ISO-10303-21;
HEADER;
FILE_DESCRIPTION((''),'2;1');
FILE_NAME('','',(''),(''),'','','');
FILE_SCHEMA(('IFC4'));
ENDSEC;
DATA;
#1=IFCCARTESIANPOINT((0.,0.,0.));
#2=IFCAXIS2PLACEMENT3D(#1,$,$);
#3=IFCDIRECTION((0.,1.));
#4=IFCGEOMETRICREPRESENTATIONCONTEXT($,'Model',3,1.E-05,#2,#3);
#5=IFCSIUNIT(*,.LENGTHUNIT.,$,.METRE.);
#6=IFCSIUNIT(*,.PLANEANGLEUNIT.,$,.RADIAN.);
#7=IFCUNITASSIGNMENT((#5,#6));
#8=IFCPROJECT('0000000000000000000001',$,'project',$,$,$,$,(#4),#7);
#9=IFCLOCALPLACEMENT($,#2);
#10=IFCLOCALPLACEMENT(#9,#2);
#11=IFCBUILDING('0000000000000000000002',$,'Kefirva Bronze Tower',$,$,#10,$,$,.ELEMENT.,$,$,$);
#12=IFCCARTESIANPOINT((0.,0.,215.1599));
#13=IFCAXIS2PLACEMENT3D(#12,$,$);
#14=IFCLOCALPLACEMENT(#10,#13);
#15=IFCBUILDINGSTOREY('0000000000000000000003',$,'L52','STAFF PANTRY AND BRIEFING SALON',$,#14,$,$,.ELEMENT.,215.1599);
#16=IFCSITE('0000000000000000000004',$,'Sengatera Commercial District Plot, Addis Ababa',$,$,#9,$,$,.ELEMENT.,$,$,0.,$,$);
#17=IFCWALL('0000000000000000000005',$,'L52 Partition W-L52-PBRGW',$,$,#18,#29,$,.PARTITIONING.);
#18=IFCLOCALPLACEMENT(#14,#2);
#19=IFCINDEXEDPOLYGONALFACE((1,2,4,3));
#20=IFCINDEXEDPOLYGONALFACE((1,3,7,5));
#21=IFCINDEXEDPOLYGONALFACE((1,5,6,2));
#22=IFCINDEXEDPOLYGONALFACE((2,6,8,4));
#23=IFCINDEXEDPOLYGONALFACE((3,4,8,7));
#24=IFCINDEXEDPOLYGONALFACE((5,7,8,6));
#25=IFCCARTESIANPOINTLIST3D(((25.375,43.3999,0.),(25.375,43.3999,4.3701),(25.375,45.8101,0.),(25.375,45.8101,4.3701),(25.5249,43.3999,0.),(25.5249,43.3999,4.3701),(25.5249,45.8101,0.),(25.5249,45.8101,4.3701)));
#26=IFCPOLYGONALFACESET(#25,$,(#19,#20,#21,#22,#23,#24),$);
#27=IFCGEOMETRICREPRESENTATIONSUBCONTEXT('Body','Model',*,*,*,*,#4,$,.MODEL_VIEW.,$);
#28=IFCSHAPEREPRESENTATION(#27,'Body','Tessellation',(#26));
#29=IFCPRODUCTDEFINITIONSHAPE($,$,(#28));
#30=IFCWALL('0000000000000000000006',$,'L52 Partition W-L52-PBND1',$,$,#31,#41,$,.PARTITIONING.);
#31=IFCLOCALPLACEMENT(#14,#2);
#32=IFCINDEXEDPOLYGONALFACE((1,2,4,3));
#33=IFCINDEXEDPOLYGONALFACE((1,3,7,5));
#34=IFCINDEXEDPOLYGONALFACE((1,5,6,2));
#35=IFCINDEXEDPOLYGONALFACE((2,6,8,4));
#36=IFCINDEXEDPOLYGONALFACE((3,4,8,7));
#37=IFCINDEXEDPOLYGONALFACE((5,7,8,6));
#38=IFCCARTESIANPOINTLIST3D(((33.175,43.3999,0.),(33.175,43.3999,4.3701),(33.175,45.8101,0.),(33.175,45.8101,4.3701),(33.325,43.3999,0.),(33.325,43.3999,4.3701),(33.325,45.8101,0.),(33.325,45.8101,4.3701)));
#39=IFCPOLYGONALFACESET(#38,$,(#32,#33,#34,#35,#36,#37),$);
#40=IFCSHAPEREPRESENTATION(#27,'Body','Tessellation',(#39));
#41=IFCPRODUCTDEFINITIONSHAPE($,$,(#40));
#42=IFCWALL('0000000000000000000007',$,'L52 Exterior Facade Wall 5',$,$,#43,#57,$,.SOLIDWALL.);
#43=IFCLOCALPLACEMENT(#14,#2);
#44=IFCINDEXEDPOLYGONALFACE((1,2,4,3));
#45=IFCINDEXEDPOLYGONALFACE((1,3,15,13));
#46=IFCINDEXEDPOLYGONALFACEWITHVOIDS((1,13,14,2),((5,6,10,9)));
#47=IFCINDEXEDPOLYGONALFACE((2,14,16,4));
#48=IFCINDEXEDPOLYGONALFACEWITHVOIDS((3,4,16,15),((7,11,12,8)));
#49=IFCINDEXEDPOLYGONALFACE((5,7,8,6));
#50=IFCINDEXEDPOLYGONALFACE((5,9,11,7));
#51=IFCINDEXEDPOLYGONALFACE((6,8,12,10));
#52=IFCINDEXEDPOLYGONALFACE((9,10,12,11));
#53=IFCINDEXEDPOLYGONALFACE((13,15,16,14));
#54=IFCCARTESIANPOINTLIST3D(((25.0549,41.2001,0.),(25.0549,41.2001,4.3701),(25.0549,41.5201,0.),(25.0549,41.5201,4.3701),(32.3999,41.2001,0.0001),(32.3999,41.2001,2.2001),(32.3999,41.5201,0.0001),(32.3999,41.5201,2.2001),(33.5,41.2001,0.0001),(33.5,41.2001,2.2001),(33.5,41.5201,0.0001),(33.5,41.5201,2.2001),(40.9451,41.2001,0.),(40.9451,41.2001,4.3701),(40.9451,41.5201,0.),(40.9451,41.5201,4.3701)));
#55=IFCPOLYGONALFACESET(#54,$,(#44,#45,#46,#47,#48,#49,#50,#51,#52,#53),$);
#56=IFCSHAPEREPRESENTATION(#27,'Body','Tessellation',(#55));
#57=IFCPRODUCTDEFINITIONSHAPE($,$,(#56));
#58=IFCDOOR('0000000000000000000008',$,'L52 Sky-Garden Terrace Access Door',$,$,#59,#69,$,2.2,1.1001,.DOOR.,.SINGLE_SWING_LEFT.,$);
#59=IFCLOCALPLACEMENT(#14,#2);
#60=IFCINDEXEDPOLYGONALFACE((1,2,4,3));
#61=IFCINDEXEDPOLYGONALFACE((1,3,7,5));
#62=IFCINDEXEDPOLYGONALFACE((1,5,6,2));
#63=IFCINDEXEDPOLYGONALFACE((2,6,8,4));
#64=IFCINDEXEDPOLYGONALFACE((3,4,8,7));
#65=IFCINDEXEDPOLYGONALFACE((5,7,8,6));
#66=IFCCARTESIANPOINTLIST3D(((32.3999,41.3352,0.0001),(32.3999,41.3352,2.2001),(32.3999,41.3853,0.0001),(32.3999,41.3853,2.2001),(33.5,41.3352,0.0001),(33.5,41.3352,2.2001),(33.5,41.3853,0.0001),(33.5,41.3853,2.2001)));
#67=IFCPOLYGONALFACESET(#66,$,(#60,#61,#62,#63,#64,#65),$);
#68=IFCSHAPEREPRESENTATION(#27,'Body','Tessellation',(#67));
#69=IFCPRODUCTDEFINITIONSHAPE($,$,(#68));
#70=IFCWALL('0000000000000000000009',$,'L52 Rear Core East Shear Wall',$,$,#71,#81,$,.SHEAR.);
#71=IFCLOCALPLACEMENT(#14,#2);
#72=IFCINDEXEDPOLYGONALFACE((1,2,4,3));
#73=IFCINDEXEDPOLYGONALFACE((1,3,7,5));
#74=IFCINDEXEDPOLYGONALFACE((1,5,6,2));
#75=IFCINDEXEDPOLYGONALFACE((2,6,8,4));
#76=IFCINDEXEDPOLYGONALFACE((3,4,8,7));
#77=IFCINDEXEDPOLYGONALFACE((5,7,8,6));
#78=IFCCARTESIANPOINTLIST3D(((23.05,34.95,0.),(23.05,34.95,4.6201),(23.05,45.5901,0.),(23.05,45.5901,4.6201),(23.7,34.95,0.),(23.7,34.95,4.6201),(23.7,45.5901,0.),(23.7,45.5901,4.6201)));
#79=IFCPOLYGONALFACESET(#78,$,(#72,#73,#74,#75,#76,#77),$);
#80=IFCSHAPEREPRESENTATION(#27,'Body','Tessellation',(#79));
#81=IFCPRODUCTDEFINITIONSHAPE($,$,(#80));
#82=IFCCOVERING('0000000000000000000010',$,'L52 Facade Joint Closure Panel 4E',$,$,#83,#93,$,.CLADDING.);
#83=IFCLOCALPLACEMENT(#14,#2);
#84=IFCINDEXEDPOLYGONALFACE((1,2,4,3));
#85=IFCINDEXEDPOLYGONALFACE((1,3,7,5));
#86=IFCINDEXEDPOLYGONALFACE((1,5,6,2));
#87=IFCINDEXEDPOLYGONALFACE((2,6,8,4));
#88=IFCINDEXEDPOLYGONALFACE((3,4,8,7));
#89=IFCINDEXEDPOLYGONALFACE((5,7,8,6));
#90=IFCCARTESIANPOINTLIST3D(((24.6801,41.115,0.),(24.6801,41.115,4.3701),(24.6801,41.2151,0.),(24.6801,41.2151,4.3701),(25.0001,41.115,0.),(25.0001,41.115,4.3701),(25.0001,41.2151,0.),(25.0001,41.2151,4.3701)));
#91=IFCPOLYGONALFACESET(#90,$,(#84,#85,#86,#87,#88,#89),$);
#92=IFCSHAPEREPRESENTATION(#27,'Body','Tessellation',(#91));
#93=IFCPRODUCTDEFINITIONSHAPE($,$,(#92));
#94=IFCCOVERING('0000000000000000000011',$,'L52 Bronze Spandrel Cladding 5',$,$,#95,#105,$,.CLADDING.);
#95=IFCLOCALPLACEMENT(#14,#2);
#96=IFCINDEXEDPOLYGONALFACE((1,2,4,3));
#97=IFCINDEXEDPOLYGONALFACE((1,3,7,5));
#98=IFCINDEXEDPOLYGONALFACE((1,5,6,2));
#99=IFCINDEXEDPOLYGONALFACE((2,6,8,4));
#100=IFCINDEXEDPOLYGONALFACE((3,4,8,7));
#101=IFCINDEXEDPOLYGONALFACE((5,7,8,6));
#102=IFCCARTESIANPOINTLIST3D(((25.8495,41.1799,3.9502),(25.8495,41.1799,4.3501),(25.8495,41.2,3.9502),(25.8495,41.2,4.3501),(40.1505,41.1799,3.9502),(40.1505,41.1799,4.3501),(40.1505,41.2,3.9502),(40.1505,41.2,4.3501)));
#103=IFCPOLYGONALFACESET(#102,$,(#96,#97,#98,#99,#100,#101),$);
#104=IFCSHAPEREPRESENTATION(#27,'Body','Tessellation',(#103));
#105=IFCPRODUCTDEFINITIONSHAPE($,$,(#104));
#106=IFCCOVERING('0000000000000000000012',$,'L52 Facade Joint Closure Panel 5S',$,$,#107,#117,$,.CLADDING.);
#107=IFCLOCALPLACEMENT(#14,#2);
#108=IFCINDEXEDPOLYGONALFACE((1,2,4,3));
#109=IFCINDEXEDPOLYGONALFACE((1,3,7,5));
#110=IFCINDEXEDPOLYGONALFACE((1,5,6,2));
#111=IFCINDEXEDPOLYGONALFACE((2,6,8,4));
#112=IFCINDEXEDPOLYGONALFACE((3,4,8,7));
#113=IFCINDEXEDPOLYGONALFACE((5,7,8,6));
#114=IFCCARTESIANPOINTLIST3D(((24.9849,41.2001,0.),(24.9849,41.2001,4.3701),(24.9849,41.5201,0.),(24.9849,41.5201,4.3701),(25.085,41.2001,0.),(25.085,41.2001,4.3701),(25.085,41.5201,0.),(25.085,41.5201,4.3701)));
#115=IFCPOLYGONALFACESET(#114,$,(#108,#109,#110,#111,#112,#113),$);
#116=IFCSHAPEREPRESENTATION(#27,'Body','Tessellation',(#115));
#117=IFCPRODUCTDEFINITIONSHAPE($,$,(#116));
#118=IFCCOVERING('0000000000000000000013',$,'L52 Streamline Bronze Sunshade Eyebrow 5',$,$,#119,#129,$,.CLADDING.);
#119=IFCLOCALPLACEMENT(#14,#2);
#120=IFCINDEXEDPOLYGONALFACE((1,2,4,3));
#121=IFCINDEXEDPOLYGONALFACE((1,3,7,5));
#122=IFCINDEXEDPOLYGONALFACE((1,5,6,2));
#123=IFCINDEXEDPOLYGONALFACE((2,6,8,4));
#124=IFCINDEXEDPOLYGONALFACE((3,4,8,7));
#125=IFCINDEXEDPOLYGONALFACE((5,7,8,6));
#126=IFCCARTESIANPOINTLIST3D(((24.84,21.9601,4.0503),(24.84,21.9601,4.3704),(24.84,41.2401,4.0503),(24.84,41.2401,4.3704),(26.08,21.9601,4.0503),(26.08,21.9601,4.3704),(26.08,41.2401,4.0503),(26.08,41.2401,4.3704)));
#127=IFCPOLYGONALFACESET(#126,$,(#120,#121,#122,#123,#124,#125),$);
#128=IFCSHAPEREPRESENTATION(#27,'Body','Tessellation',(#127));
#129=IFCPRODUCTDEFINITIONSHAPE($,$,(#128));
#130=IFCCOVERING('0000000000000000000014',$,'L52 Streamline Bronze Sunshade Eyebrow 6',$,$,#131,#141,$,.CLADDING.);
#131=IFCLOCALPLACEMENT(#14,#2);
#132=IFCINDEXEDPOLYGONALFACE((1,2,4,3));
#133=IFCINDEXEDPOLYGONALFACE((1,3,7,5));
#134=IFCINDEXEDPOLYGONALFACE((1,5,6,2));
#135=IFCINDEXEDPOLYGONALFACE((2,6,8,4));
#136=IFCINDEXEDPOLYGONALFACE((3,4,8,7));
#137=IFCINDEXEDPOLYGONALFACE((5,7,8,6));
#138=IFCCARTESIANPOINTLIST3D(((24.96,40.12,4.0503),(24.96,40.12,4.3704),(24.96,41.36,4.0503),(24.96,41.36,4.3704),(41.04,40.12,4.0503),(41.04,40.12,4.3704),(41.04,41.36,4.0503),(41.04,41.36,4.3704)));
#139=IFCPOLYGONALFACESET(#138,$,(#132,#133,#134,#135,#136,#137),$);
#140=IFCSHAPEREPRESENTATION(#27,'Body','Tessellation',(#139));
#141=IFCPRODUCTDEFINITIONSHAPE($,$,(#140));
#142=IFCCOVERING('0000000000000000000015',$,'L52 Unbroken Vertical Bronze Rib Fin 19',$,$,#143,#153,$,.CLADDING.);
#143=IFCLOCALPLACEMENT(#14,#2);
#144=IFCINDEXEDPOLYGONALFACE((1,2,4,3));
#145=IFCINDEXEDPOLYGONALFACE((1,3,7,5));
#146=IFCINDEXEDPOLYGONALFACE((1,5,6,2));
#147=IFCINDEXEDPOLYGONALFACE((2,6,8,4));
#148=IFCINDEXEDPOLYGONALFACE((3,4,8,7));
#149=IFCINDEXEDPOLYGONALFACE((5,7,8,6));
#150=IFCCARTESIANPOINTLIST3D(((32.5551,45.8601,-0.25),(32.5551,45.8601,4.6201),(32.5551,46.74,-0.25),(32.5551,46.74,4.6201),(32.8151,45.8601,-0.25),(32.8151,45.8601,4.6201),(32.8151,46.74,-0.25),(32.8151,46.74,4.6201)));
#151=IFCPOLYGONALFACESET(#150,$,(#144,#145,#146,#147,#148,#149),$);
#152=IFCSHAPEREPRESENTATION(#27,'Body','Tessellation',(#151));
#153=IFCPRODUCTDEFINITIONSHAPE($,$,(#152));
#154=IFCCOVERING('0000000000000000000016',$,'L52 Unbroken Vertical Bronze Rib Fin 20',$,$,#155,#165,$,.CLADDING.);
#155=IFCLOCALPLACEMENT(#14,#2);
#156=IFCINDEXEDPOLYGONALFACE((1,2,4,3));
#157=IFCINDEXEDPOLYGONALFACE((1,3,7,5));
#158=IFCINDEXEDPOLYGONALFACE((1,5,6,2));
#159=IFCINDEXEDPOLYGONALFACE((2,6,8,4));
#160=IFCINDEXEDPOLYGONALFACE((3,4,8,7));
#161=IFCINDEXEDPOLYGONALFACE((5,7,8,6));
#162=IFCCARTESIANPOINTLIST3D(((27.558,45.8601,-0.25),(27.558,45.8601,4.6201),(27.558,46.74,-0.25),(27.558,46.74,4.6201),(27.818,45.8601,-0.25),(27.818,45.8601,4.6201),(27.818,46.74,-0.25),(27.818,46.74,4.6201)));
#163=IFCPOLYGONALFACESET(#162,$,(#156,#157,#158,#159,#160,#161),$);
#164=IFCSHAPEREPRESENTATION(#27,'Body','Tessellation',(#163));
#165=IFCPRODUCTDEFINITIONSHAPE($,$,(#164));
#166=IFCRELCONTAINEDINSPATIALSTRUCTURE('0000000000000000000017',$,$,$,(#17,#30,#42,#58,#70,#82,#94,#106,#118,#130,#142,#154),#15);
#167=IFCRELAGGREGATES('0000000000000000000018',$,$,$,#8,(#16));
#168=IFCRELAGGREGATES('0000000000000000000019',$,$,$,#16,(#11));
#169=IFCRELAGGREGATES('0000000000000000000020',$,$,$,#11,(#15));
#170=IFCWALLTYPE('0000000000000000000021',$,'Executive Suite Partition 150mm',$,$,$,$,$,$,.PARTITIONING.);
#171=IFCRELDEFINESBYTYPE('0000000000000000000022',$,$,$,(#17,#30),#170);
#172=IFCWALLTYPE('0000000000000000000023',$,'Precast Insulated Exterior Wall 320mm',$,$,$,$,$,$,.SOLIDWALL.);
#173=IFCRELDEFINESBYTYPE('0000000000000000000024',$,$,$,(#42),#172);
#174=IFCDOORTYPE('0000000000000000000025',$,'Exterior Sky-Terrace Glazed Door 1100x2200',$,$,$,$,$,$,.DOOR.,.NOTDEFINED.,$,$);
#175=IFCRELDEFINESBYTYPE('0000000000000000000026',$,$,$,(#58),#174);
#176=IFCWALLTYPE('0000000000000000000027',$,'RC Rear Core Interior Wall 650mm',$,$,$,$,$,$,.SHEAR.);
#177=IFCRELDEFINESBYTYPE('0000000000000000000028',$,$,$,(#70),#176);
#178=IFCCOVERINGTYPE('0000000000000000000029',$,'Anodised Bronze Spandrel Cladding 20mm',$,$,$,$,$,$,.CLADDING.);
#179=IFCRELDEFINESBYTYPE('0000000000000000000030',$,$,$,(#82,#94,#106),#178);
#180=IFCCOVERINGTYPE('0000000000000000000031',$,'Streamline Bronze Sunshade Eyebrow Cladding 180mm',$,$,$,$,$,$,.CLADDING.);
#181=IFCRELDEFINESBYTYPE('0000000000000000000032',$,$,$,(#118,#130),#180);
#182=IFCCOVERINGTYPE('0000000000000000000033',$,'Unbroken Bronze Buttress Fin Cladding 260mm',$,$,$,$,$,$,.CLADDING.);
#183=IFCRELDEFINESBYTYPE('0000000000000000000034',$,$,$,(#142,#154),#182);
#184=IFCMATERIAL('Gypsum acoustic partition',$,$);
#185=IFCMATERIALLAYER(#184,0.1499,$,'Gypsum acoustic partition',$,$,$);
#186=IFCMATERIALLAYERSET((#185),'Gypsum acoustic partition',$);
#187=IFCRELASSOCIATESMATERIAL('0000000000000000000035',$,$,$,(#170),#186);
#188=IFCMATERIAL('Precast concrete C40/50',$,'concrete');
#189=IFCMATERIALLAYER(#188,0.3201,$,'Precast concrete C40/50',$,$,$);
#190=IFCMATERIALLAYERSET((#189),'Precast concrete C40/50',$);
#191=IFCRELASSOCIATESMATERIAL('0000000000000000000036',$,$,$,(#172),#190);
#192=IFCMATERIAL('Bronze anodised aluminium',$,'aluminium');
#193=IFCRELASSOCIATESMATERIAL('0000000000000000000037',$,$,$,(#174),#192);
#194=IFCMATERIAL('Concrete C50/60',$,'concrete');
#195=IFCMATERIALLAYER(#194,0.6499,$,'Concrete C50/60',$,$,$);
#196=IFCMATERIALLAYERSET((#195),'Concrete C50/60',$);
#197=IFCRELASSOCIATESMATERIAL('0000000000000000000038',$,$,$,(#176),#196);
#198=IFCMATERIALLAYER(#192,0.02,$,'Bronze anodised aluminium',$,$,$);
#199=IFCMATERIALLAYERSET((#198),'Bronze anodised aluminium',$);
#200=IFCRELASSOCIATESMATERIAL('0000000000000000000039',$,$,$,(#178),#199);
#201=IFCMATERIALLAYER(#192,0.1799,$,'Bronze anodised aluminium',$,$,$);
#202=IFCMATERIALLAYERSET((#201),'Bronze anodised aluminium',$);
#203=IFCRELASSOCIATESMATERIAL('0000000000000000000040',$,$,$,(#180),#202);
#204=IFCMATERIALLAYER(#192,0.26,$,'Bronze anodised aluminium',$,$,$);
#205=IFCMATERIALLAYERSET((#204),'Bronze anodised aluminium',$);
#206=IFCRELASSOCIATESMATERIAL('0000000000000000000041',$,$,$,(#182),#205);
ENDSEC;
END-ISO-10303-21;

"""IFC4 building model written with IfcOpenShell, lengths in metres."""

from ifc_helpers import new_model, si_unit, direction, frame, frame_2d, origin, origin_2d, place, context, subcontext, project, spatial, rectangle, extrude, material, layer, layer_set, type_object, element, fill, save


model = new_model("IFC4")

# Units and contexts
model_context = context("Model", 3, precision=1e-05, world=origin(), true_north=direction((0.0, 1.0)))
body_context = subcontext(model_context, "Body", "Model", "MODEL_VIEW")
ifc_project = project(units=[si_unit("LENGTHUNIT", "METRE"), si_unit("PLANEANGLEUNIT", "RADIAN")], contexts=[model_context])

# Site, building, storey
site_placement = place(None, origin())
site = spatial("IfcSite", under=ifc_project, at=site_placement, Name="Sengatera Commercial District Plot, Addis Ababa", CompositionType="ELEMENT", RefElevation=0.0)
building_placement = place(site_placement, origin())
building = spatial("IfcBuilding", under=site, at=building_placement, Name="Kefirva Bronze Tower", CompositionType="ELEMENT")
storey_placement = place(building_placement, frame((0.0, 0.0, 215.1599)))
storey = spatial("IfcBuildingStorey", under=building, at=storey_placement, Name="L52", Description="STAFF PANTRY AND BRIEFING SALON", CompositionType="ELEMENT", Elevation=215.1599)

# Shared definitions
ifc_material_1 = material(Name="Concrete C50/60", Category="concrete")

# Shared definitions
ifc_material_2 = material(Name="Bronze anodised aluminium", Category="aluminium")

# Shared definitions
ifc_material_3 = material(Name="Gypsum acoustic partition")
ifc_layer_1 = layer(ifc_material_3, 0.1499, Name="Gypsum acoustic partition")
ifc_layer_set_1 = layer_set([ifc_layer_1], Name="Gypsum acoustic partition")
wall_type_1 = type_object("IfcWallType", Name="Executive Suite Partition 150mm", PredefinedType="PARTITIONING", material=ifc_layer_set_1)

# Walls
for number, where, z_axis, x_axis, name in (
    (1, (25.45, 43.3999, 0.0), (0.0, 0.0, 1.0), (0.0, 1.0, 0.0), "L52 Partition W-L52-PBRGW"),
    (2, (33.25, 43.3999, 0.0), (0.0, 0.0, 1.0), (0.0, 1.0, 0.0), "L52 Partition W-L52-PBND1"),
):
    element("IfcWall", number, at=place(storey_placement, frame(where, z_axis=z_axis, x_axis=x_axis)), inside=storey, type_object=wall_type_1, Name=name, PredefinedType="PARTITIONING", context=body_context, shape_type="SweptSolid", body=[
        extrude(rectangle(XDim=2.4102, YDim=0.1499, at=frame_2d((1.2051, 0.0))), origin(), (0.0, 0.0, 1.0), 4.3701),
    ])

# Wall, opening, door
ifc_material_4 = material(Name="Precast concrete C40/50", Category="concrete")
ifc_layer_2 = layer(ifc_material_4, 0.3201, Name="Precast concrete C40/50")
ifc_layer_set_2 = layer_set([ifc_layer_2], Name="Precast concrete C40/50")
wall_type_2 = type_object("IfcWallType", Name="Precast Insulated Exterior Wall 320mm", PredefinedType="SOLIDWALL", material=ifc_layer_set_2)
wall_1_placement = place(storey_placement, frame((25.0549, 41.3601, 0.0), z_axis=(0.0, 0.0, 1.0), x_axis=(1.0, 0.0, 0.0)))
wall_1 = element("IfcWall", 3, at=wall_1_placement, inside=storey, type_object=wall_type_2, Name="L52 Exterior Facade Wall 5", PredefinedType="SOLIDWALL", context=body_context, shape_type="SweptSolid", body=[
    extrude(rectangle(XDim=15.8901, YDim=0.3201, at=frame_2d((7.9451, 0.0))), origin(), (0.0, 0.0, 1.0), 4.3701),
])
opening_1_placement = place(wall_1_placement, frame((8.4451, 0.0, 0.0), z_axis=(0.0, 0.0, 1.0), x_axis=(-1.0, 0.0, 0.0)))
opening_1 = element("IfcOpeningElement", 4, at=opening_1_placement, cuts=wall_1, PredefinedType="OPENING", context=body_context, shape_type="SweptSolid", body=[
    extrude(rectangle(XDim=1.1001, YDim=2.2, at=frame_2d((0.55, 1.1001))), frame((0.0, 0.1699, 0.0), z_axis=(0.0, -1.0, 0.0), x_axis=(1.0, 0.0, 0.0)), (0.0, 0.0, 1.0), 0.3401),
])
door_type_1 = type_object("IfcDoorType", Name="Exterior Sky-Terrace Glazed Door 1100x2200", OperationType="NOTDEFINED", PredefinedType="DOOR", material=ifc_material_2)
door_1_placement = place(opening_1_placement, origin())
door_1 = element("IfcDoor", 5, at=door_1_placement, inside=storey, type_object=door_type_1, Name="L52 Sky-Garden Terrace Access Door", OperationType="SINGLE_SWING_LEFT", OverallHeight=2.2, OverallWidth=1.1001, PredefinedType="DOOR", context=body_context, shape_type="SweptSolid", body=[
    extrude(rectangle(XDim=1.1001, YDim=2.2, at=frame_2d((0.55, 1.1001))), frame((0.0, 0.0249, 0.0), z_axis=(0.0, -1.0, 0.0), x_axis=(1.0, 0.0, 0.0)), (0.0, 0.0, 1.0), 0.05),
])
fill(opening_1, door_1)

# Wall
ifc_layer_3 = layer(ifc_material_1, 0.6499, Name="Concrete C50/60")
ifc_layer_set_3 = layer_set([ifc_layer_3], Name="Concrete C50/60")
wall_type_3 = type_object("IfcWallType", Name="RC Rear Core Interior Wall 650mm", PredefinedType="SHEAR", material=ifc_layer_set_3)
wall_2_placement = place(storey_placement, frame((23.375, 34.95, 0.0), z_axis=(0.0, 0.0, 1.0), x_axis=(0.0, 1.0, 0.0)))
element("IfcWall", 6, at=wall_2_placement, inside=storey, type_object=wall_type_3, Name="L52 Rear Core East Shear Wall", PredefinedType="SHEAR", context=body_context, shape_type="SweptSolid", body=[
    extrude(rectangle(XDim=10.6401, YDim=0.6499, at=frame_2d((5.3201, 0.0))), origin(), (0.0, 0.0, 1.0), 4.6201),
])

# Coverings
ifc_layer_4 = layer(ifc_material_2, 0.02, Name="Bronze anodised aluminium")
ifc_layer_set_4 = layer_set([ifc_layer_4], Name="Bronze anodised aluminium")
covering_type_1 = type_object("IfcCoveringType", Name="Anodised Bronze Spandrel Cladding 20mm", PredefinedType="CLADDING", material=ifc_layer_set_4)
covering_1_placement = place(storey_placement, frame((24.8401, 41.165, 0.0), z_axis=(0.0, 0.0, 1.0), x_axis=(0.0, 1.0, 0.0)))
element("IfcCovering", 7, at=covering_1_placement, inside=storey, type_object=covering_type_1, Name="L52 Facade Joint Closure Panel 4E", PredefinedType="CLADDING", context=body_context, shape_type="SweptSolid", body=[
    extrude(rectangle(XDim=0.1001, YDim=0.3201, at=origin_2d()), origin(), (0.0, 0.0, 1.0), 4.3701),
])
covering_2_placement = place(storey_placement, frame((33.0, 41.1899, 3.9502), z_axis=(0.0, 0.0, 1.0), x_axis=(1.0, 0.0, 0.0)))
element("IfcCovering", 8, at=covering_2_placement, inside=storey, type_object=covering_type_1, Name="L52 Bronze Spandrel Cladding 5", PredefinedType="CLADDING", context=body_context, shape_type="SweptSolid", body=[
    extrude(rectangle(XDim=14.301, YDim=0.02, at=origin_2d()), origin(), (0.0, 0.0, 1.0), 0.3999),
])
covering_3_placement = place(storey_placement, frame((25.0349, 41.3601, 0.0), z_axis=(0.0, 0.0, 1.0), x_axis=(1.0, 0.0, 0.0)))
element("IfcCovering", 9, at=covering_3_placement, inside=storey, type_object=covering_type_1, Name="L52 Facade Joint Closure Panel 5S", PredefinedType="CLADDING", context=body_context, shape_type="SweptSolid", body=[
    extrude(rectangle(XDim=0.1001, YDim=0.3201, at=origin_2d()), origin(), (0.0, 0.0, 1.0), 4.3701),
])

# Coverings
ifc_layer_5 = layer(ifc_material_2, 0.1799, Name="Bronze anodised aluminium")
ifc_layer_set_5 = layer_set([ifc_layer_5], Name="Bronze anodised aluminium")
covering_type_2 = type_object("IfcCoveringType", Name="Streamline Bronze Sunshade Eyebrow Cladding 180mm", PredefinedType="CLADDING", material=ifc_layer_set_5)
covering_4_placement = place(storey_placement, frame((25.46, 31.6001, 4.0503), z_axis=(0.0, 0.0, 1.0), x_axis=(0.0, 1.0, 0.0)))
element("IfcCovering", 10, at=covering_4_placement, inside=storey, type_object=covering_type_2, Name="L52 Streamline Bronze Sunshade Eyebrow 5", PredefinedType="CLADDING", context=body_context, shape_type="SweptSolid", body=[
    extrude(rectangle(XDim=19.28, YDim=1.24, at=origin_2d()), origin(), (0.0, 0.0, 1.0), 0.3201),
])
covering_5_placement = place(storey_placement, frame((33.0, 40.74, 4.0503), z_axis=(0.0, 0.0, 1.0), x_axis=(1.0, 0.0, 0.0)))
element("IfcCovering", 11, at=covering_5_placement, inside=storey, type_object=covering_type_2, Name="L52 Streamline Bronze Sunshade Eyebrow 6", PredefinedType="CLADDING", context=body_context, shape_type="SweptSolid", body=[
    extrude(rectangle(XDim=16.0801, YDim=1.24, at=origin_2d()), origin(), (0.0, 0.0, 1.0), 0.3201),
])
ifc_layer_6 = layer(ifc_material_2, 0.26, Name="Bronze anodised aluminium")
ifc_layer_set_6 = layer_set([ifc_layer_6], Name="Bronze anodised aluminium")
covering_type_3 = type_object("IfcCoveringType", Name="Unbroken Bronze Buttress Fin Cladding 260mm", PredefinedType="CLADDING", material=ifc_layer_set_6)
for number, where, z_axis, x_axis, name in (
    (12, (32.6851, 46.3, -0.25), (0.0, 0.0, 1.0), (-1.0, 0.0, 0.0), "L52 Unbroken Vertical Bronze Rib Fin 19"),
    (13, (27.688, 46.3, -0.25), (0.0, 0.0, 1.0), (-1.0, 0.0, 0.0), "L52 Unbroken Vertical Bronze Rib Fin 20"),
):
    element("IfcCovering", number, at=place(storey_placement, frame(where, z_axis=z_axis, x_axis=x_axis)), inside=storey, type_object=covering_type_3, Name=name, PredefinedType="CLADDING", context=body_context, shape_type="SweptSolid", body=[
        extrude(rectangle(XDim=0.26, YDim=0.8799, at=origin_2d()), origin(), (0.0, 0.0, 1.0), 4.8701),
    ])

save(model, "model.ifc")
